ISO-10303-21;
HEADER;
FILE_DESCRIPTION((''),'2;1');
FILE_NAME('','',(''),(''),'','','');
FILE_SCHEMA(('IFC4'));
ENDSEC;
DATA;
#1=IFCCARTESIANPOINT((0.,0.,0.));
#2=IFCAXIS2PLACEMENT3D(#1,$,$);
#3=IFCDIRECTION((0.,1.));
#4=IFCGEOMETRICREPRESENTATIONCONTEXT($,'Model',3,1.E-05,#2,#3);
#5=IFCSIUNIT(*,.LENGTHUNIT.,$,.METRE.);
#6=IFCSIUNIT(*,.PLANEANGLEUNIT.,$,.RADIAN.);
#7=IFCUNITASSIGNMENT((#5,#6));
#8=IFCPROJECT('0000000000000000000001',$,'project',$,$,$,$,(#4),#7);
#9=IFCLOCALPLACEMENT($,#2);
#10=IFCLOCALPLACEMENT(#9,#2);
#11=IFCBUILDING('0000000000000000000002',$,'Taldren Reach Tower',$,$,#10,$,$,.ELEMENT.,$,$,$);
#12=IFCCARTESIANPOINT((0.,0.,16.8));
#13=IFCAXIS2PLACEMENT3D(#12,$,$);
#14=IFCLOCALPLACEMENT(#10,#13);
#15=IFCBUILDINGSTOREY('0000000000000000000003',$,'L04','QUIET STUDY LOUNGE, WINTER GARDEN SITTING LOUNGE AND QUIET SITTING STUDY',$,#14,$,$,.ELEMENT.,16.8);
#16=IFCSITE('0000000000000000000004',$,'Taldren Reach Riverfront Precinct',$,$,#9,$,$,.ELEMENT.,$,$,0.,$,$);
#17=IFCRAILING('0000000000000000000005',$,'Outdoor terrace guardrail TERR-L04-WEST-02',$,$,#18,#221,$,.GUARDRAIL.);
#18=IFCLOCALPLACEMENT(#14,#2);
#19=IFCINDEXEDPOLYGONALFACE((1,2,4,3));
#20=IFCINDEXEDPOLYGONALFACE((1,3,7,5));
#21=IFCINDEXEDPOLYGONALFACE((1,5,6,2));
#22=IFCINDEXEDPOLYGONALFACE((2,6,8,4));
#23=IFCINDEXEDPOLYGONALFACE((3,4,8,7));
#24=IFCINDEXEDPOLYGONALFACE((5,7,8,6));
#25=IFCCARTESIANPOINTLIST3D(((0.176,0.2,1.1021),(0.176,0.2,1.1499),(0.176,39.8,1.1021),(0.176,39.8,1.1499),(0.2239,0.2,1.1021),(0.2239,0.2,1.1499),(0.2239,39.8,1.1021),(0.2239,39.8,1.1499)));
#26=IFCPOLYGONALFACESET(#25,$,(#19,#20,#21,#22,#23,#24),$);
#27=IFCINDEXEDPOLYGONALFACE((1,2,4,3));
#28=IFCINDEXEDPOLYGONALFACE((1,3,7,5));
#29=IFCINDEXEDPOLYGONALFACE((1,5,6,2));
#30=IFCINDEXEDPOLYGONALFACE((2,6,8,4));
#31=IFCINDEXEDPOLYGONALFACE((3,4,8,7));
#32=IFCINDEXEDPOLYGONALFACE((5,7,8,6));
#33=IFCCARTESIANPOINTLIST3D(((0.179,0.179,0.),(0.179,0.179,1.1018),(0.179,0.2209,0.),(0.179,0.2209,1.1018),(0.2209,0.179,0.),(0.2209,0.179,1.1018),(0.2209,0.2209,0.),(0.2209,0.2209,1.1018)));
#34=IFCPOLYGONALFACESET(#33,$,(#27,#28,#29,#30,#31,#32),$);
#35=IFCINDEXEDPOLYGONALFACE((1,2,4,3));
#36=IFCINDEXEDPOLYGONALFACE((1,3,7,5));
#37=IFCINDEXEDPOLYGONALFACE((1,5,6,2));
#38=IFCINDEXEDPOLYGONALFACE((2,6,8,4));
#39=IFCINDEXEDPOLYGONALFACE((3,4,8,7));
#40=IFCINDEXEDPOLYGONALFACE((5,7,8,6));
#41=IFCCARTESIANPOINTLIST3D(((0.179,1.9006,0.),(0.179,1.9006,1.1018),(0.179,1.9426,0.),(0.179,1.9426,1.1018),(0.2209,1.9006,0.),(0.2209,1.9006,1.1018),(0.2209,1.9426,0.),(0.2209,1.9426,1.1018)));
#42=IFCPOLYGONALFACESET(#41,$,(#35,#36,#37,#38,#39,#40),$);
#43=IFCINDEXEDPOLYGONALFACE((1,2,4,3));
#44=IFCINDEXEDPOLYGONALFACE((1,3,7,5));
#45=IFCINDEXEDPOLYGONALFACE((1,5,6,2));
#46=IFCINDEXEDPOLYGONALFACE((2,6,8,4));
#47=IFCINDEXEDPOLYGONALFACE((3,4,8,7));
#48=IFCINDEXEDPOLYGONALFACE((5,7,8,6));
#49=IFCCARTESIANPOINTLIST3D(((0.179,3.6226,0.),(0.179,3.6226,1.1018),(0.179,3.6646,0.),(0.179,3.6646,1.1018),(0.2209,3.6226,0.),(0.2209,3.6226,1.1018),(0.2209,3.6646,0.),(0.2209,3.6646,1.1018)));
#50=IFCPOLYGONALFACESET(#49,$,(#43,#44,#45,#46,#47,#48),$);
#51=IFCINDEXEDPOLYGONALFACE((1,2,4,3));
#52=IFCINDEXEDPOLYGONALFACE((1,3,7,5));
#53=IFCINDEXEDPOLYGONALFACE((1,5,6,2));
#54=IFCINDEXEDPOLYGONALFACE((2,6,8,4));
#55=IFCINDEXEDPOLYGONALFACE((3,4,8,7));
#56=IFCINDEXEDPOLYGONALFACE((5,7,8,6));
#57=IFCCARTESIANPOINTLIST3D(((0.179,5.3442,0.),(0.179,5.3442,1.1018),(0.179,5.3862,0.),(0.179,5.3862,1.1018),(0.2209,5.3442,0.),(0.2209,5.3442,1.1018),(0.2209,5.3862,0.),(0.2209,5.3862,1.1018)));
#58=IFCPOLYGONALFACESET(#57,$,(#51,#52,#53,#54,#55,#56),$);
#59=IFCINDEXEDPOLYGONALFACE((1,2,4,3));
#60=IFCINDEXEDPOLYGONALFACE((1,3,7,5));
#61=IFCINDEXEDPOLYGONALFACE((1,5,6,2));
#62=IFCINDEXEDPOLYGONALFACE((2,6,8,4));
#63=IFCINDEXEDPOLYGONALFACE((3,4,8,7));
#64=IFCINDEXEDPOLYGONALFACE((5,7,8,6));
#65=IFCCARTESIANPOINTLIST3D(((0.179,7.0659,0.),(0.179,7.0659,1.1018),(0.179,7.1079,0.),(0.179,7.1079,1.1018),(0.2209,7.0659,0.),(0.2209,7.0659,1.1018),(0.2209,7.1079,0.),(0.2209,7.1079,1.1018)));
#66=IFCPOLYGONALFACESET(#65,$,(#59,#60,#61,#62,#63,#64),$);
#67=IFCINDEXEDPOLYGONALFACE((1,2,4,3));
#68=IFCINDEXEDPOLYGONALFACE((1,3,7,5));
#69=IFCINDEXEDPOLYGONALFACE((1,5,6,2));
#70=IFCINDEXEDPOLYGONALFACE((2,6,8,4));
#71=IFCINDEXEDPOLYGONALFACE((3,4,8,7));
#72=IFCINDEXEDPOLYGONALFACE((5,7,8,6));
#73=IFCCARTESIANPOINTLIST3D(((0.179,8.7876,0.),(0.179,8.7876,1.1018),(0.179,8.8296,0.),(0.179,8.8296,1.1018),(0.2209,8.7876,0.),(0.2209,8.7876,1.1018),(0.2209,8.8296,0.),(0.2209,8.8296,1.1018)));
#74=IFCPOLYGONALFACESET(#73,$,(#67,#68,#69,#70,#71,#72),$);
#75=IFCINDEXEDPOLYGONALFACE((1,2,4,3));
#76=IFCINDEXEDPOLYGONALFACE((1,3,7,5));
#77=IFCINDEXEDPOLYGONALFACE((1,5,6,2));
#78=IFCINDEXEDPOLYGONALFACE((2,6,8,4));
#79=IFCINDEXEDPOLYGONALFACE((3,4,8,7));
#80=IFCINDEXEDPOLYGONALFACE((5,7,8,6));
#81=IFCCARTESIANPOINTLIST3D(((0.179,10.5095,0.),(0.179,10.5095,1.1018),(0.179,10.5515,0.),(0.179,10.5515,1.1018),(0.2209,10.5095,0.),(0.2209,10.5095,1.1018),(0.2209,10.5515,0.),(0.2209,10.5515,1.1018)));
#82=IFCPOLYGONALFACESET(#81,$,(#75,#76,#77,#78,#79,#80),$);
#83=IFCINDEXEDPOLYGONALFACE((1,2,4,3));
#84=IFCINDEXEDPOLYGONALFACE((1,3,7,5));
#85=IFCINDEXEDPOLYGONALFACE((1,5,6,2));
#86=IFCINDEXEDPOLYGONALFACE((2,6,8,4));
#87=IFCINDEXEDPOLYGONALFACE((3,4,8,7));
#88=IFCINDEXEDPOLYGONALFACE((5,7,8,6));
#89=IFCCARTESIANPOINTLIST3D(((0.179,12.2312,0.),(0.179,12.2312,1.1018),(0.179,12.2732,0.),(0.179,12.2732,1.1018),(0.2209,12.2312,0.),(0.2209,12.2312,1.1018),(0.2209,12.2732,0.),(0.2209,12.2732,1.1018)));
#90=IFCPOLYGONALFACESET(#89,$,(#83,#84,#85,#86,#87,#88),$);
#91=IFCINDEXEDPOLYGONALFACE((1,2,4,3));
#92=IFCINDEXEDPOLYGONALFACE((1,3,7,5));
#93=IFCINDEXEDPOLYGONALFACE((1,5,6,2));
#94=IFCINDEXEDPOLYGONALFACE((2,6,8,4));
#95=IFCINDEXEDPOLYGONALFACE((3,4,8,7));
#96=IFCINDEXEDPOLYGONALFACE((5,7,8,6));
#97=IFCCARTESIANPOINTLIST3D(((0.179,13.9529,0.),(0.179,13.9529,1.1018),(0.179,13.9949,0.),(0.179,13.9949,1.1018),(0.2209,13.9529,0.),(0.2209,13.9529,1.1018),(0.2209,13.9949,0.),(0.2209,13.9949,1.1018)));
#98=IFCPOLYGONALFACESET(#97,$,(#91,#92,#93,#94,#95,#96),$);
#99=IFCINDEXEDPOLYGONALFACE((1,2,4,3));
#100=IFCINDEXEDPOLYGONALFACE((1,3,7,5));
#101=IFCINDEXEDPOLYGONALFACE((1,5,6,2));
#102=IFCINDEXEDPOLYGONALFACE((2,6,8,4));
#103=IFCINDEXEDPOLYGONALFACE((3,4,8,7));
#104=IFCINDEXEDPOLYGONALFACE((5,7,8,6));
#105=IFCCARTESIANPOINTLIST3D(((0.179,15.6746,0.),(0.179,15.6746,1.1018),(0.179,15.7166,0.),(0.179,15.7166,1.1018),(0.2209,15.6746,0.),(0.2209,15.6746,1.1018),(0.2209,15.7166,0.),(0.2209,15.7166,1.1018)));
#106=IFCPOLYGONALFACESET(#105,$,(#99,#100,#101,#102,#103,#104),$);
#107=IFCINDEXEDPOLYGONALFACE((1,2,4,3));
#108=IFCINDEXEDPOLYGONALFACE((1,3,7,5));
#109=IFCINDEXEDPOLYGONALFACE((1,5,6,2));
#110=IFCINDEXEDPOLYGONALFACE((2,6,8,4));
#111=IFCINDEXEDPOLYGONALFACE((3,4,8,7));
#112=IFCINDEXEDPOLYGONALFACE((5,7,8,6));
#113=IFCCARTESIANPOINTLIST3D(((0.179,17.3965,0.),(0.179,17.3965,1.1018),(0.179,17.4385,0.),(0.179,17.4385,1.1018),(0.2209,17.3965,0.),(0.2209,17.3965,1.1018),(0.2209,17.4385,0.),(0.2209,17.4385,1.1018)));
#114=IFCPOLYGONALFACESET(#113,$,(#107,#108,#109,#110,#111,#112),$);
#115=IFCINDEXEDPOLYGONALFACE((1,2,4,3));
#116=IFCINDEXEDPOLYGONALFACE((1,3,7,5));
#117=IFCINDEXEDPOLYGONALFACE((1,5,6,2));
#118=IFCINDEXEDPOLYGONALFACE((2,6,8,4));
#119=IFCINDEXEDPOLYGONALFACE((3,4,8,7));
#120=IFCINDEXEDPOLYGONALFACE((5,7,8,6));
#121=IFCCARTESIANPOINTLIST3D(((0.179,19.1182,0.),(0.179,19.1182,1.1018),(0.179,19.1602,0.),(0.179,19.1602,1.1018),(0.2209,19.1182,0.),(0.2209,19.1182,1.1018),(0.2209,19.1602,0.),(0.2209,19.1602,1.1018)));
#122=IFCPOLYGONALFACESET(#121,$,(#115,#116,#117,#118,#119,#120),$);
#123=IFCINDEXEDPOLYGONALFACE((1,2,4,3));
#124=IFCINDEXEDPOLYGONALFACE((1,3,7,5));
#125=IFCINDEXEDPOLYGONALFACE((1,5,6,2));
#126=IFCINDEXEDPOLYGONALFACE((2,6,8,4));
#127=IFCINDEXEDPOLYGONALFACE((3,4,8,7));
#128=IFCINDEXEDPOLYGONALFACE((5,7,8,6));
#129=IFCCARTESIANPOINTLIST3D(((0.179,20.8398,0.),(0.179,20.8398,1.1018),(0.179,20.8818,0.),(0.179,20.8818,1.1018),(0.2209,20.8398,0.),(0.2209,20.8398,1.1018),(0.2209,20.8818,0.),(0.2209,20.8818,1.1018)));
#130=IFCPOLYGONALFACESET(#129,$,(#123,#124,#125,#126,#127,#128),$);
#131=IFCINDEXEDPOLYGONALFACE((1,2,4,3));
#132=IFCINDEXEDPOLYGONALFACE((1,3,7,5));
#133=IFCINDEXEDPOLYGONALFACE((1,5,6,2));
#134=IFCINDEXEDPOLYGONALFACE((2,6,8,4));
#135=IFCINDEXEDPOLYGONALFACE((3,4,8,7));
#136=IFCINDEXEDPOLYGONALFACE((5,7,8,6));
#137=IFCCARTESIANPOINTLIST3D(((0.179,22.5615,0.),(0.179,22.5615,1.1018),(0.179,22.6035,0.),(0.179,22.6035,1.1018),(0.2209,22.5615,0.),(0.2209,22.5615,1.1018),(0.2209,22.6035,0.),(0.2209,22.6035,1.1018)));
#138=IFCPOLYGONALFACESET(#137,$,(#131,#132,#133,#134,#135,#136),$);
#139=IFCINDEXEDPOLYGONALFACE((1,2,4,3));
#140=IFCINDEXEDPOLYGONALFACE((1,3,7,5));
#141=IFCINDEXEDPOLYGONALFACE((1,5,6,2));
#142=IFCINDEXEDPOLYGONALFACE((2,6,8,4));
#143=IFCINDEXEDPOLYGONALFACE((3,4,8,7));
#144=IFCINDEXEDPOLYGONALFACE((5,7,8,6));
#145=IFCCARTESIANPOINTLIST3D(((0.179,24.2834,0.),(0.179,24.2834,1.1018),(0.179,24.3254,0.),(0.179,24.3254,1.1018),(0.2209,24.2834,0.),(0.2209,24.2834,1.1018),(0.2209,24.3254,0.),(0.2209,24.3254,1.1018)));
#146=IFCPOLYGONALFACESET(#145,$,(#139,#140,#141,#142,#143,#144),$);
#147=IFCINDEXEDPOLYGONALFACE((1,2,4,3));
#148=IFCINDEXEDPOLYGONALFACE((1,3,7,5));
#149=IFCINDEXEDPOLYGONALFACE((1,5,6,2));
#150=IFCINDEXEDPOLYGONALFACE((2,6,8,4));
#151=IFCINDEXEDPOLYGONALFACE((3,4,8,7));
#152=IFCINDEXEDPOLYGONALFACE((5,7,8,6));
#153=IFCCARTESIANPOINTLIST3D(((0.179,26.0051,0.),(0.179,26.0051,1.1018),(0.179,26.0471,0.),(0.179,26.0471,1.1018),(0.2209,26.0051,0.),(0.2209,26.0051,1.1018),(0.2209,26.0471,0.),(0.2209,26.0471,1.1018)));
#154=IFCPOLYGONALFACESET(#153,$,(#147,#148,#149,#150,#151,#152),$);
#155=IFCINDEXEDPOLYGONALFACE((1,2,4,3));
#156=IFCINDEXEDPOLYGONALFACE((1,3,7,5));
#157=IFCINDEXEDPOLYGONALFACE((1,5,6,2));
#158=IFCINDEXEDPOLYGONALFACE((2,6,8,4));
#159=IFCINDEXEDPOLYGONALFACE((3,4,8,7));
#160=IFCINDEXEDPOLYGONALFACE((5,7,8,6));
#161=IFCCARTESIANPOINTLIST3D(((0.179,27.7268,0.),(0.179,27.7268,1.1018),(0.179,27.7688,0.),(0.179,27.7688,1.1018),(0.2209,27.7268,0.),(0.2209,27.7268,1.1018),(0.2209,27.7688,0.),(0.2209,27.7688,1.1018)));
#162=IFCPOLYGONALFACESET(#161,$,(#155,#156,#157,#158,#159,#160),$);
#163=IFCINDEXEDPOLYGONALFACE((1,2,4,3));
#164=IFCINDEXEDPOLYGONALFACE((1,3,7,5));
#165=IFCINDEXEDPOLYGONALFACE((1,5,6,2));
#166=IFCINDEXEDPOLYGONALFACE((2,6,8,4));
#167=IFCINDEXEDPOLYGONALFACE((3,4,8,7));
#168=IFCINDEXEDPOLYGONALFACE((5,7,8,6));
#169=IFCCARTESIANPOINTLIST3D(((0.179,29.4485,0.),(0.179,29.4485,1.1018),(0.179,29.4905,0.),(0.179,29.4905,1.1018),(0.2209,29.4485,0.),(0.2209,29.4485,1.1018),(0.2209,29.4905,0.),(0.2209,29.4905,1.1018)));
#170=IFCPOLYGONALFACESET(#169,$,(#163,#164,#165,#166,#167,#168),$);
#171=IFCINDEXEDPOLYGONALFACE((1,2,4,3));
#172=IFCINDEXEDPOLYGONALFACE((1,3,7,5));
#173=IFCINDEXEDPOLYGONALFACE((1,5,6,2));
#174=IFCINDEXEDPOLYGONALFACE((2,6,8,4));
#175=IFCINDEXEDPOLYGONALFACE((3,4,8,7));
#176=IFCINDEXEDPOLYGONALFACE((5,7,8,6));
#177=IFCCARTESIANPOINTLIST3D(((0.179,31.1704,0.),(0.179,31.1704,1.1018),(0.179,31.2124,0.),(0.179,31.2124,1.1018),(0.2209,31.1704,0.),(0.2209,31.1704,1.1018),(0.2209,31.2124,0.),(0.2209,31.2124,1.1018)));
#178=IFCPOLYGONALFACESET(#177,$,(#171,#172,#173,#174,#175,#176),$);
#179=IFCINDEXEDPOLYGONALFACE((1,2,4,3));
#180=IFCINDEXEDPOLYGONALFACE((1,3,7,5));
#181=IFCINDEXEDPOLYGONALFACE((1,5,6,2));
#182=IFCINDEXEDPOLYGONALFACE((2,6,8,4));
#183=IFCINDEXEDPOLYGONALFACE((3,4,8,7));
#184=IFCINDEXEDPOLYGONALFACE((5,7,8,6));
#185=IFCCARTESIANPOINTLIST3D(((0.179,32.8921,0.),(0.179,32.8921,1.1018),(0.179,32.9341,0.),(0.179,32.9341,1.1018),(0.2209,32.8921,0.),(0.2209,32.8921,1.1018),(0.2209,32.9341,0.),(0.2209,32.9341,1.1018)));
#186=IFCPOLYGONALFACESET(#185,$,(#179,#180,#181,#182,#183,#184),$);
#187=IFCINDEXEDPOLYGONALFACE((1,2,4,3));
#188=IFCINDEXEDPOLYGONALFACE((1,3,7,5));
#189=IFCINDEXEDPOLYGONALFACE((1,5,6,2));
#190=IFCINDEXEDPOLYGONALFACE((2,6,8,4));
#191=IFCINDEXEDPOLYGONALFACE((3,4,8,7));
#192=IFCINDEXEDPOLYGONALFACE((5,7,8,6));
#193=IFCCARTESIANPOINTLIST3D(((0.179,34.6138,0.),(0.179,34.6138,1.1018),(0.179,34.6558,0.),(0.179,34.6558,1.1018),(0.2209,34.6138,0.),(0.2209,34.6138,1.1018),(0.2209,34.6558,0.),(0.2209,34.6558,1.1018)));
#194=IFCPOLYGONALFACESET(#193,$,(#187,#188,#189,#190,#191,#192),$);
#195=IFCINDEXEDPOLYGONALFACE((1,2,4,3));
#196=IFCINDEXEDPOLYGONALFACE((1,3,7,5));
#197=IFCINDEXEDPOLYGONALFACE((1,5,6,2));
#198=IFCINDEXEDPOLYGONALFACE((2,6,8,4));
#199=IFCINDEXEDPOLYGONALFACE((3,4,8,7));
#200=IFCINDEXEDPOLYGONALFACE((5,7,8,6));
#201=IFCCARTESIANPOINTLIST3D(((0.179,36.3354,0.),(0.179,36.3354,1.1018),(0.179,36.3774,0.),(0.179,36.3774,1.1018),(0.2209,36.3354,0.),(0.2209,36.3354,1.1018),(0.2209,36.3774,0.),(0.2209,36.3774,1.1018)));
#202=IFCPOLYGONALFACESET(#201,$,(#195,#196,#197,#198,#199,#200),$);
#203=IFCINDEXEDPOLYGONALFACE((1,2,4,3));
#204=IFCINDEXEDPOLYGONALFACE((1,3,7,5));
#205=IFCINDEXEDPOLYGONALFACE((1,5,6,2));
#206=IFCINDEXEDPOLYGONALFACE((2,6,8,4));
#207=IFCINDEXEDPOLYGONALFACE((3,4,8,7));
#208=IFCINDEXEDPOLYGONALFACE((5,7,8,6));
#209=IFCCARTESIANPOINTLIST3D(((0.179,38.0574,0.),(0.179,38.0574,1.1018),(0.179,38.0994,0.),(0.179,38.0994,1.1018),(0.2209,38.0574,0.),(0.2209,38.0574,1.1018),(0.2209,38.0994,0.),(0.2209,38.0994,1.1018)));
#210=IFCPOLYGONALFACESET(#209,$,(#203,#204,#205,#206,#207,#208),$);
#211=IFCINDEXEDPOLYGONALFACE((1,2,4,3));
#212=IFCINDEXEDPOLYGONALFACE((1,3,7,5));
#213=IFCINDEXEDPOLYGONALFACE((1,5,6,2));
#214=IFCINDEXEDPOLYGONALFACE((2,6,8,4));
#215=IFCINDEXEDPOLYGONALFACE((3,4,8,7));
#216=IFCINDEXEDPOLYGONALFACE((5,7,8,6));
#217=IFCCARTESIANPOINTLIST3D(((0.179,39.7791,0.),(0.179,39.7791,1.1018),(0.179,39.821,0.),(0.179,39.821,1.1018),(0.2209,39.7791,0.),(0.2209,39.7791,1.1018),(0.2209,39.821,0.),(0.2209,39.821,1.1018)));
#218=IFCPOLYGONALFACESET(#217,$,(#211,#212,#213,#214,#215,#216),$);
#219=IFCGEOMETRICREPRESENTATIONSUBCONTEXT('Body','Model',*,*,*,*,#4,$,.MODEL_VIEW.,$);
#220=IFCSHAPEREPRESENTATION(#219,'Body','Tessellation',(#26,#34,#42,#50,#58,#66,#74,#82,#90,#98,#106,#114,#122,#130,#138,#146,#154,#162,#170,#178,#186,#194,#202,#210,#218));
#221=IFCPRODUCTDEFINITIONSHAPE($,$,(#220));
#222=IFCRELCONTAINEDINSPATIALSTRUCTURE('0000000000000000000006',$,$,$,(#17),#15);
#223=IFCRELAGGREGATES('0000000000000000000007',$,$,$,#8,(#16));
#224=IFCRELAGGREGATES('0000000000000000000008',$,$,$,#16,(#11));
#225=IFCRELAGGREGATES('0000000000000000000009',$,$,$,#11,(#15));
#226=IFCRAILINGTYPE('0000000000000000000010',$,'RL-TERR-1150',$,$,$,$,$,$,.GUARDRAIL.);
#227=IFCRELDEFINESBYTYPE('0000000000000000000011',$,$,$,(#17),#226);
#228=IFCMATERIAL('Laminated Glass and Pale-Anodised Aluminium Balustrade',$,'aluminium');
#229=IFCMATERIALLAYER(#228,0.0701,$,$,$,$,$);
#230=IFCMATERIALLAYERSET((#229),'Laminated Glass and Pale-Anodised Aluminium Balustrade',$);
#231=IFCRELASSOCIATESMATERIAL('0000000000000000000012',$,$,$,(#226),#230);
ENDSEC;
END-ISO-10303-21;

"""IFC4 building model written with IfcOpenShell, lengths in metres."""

from ifc_helpers import new_model, si_unit, direction, frame, origin, origin_2d, place, context, subcontext, project, spatial, rectangle, extrude, material, layer, layer_set, type_object, element, save


model = new_model("IFC4")

# Units and contexts
model_context = context("Model", 3, precision=1e-05, world=origin(), true_north=direction((0.0, 1.0)))
body_context = subcontext(model_context, "Body", "Model", "MODEL_VIEW")
ifc_project = project(units=[si_unit("LENGTHUNIT", "METRE"), si_unit("PLANEANGLEUNIT", "RADIAN")], contexts=[model_context])

# Site, building, storey
site_placement = place(None, origin())
site = spatial("IfcSite", under=ifc_project, at=site_placement, Name="Taldren Reach Riverfront Precinct", CompositionType="ELEMENT", RefElevation=0.0)
building_placement = place(site_placement, origin())
building = spatial("IfcBuilding", under=site, at=building_placement, Name="Taldren Reach Tower", CompositionType="ELEMENT")
storey_placement = place(building_placement, frame((0.0, 0.0, 16.8)))
storey = spatial("IfcBuildingStorey", under=building, at=storey_placement, Name="L04", Description="QUIET STUDY LOUNGE, WINTER GARDEN SITTING LOUNGE AND QUIET SITTING STUDY", CompositionType="ELEMENT", Elevation=16.8)

# Railing
ifc_material_1 = material(Name="Laminated Glass and Pale-Anodised Aluminium Balustrade", Category="aluminium")
ifc_layer_1 = layer(ifc_material_1, 0.0701)
ifc_layer_set_1 = layer_set([ifc_layer_1], Name="Laminated Glass and Pale-Anodised Aluminium Balustrade")
railing_type = type_object("IfcRailingType", Name="RL-TERR-1150", PredefinedType="GUARDRAIL", material=ifc_layer_set_1)
railing_placement = place(storey_placement, frame((0.2, 0.2, 0.0)))
element("IfcRailing", 1, at=railing_placement, inside=storey, type_object=railing_type, Name="Outdoor terrace guardrail TERR-L04-WEST-02", PredefinedType="GUARDRAIL", context=body_context, shape_type="SweptSolid", body=[
    extrude(rectangle(XDim=0.0479, YDim=0.0479, at=origin_2d()), frame((0.0, 0.0, 1.126), z_axis=(0.0, 1.0, 0.0), x_axis=(-1.0, 0.0, 0.0)), (0.0, 0.0, 1.0), 39.6001),
    extrude(rectangle(XDim=0.042, YDim=0.042, at=origin_2d()), origin(), (0.0, 0.0, 1.0), 1.1018),
    extrude(rectangle(XDim=0.042, YDim=0.042, at=origin_2d()), frame((0.0, 1.7217, 0.0)), (0.0, 0.0, 1.0), 1.1018),
    extrude(rectangle(XDim=0.042, YDim=0.042, at=origin_2d()), frame((0.0, 3.4436, 0.0)), (0.0, 0.0, 1.0), 1.1018),
    extrude(rectangle(XDim=0.042, YDim=0.042, at=origin_2d()), frame((0.0, 5.1653, 0.0)), (0.0, 0.0, 1.0), 1.1018),
    extrude(rectangle(XDim=0.042, YDim=0.042, at=origin_2d()), frame((0.0, 6.887, 0.0)), (0.0, 0.0, 1.0), 1.1018),
    extrude(rectangle(XDim=0.042, YDim=0.042, at=origin_2d()), frame((0.0, 8.6086, 0.0)), (0.0, 0.0, 1.0), 1.1018),
    extrude(rectangle(XDim=0.042, YDim=0.042, at=origin_2d()), frame((0.0, 10.3306, 0.0)), (0.0, 0.0, 1.0), 1.1018),
    extrude(rectangle(XDim=0.042, YDim=0.042, at=origin_2d()), frame((0.0, 12.0522, 0.0)), (0.0, 0.0, 1.0), 1.1018),
    extrude(rectangle(XDim=0.042, YDim=0.042, at=origin_2d()), frame((0.0, 13.7739, 0.0)), (0.0, 0.0, 1.0), 1.1018),
    extrude(rectangle(XDim=0.042, YDim=0.042, at=origin_2d()), frame((0.0, 15.4956, 0.0)), (0.0, 0.0, 1.0), 1.1018),
    extrude(rectangle(XDim=0.042, YDim=0.042, at=origin_2d()), frame((0.0, 17.2175, 0.0)), (0.0, 0.0, 1.0), 1.1018),
    extrude(rectangle(XDim=0.042, YDim=0.042, at=origin_2d()), frame((0.0, 18.9392, 0.0)), (0.0, 0.0, 1.0), 1.1018),
    extrude(rectangle(XDim=0.042, YDim=0.042, at=origin_2d()), frame((0.0, 20.6609, 0.0)), (0.0, 0.0, 1.0), 1.1018),
    extrude(rectangle(XDim=0.042, YDim=0.042, at=origin_2d()), frame((0.0, 22.3826, 0.0)), (0.0, 0.0, 1.0), 1.1018),
    extrude(rectangle(XDim=0.042, YDim=0.042, at=origin_2d()), frame((0.0, 24.1045, 0.0)), (0.0, 0.0, 1.0), 1.1018),
    extrude(rectangle(XDim=0.042, YDim=0.042, at=origin_2d()), frame((0.0, 25.8262, 0.0)), (0.0, 0.0, 1.0), 1.1018),
    extrude(rectangle(XDim=0.042, YDim=0.042, at=origin_2d()), frame((0.0, 27.5479, 0.0)), (0.0, 0.0, 1.0), 1.1018),
    extrude(rectangle(XDim=0.042, YDim=0.042, at=origin_2d()), frame((0.0, 29.2695, 0.0)), (0.0, 0.0, 1.0), 1.1018),
    extrude(rectangle(XDim=0.042, YDim=0.042, at=origin_2d()), frame((0.0, 30.9915, 0.0)), (0.0, 0.0, 1.0), 1.1018),
    extrude(rectangle(XDim=0.042, YDim=0.042, at=origin_2d()), frame((0.0, 32.7131, 0.0)), (0.0, 0.0, 1.0), 1.1018),
    extrude(rectangle(XDim=0.042, YDim=0.042, at=origin_2d()), frame((0.0, 34.4348, 0.0)), (0.0, 0.0, 1.0), 1.1018),
    extrude(rectangle(XDim=0.042, YDim=0.042, at=origin_2d()), frame((0.0, 36.1565, 0.0)), (0.0, 0.0, 1.0), 1.1018),
    extrude(rectangle(XDim=0.042, YDim=0.042, at=origin_2d()), frame((0.0, 37.8784, 0.0)), (0.0, 0.0, 1.0), 1.1018),
    extrude(rectangle(XDim=0.042, YDim=0.042, at=origin_2d()), frame((0.0, 39.6001, 0.0)), (0.0, 0.0, 1.0), 1.1018),
])

save(model, "model.ifc")
